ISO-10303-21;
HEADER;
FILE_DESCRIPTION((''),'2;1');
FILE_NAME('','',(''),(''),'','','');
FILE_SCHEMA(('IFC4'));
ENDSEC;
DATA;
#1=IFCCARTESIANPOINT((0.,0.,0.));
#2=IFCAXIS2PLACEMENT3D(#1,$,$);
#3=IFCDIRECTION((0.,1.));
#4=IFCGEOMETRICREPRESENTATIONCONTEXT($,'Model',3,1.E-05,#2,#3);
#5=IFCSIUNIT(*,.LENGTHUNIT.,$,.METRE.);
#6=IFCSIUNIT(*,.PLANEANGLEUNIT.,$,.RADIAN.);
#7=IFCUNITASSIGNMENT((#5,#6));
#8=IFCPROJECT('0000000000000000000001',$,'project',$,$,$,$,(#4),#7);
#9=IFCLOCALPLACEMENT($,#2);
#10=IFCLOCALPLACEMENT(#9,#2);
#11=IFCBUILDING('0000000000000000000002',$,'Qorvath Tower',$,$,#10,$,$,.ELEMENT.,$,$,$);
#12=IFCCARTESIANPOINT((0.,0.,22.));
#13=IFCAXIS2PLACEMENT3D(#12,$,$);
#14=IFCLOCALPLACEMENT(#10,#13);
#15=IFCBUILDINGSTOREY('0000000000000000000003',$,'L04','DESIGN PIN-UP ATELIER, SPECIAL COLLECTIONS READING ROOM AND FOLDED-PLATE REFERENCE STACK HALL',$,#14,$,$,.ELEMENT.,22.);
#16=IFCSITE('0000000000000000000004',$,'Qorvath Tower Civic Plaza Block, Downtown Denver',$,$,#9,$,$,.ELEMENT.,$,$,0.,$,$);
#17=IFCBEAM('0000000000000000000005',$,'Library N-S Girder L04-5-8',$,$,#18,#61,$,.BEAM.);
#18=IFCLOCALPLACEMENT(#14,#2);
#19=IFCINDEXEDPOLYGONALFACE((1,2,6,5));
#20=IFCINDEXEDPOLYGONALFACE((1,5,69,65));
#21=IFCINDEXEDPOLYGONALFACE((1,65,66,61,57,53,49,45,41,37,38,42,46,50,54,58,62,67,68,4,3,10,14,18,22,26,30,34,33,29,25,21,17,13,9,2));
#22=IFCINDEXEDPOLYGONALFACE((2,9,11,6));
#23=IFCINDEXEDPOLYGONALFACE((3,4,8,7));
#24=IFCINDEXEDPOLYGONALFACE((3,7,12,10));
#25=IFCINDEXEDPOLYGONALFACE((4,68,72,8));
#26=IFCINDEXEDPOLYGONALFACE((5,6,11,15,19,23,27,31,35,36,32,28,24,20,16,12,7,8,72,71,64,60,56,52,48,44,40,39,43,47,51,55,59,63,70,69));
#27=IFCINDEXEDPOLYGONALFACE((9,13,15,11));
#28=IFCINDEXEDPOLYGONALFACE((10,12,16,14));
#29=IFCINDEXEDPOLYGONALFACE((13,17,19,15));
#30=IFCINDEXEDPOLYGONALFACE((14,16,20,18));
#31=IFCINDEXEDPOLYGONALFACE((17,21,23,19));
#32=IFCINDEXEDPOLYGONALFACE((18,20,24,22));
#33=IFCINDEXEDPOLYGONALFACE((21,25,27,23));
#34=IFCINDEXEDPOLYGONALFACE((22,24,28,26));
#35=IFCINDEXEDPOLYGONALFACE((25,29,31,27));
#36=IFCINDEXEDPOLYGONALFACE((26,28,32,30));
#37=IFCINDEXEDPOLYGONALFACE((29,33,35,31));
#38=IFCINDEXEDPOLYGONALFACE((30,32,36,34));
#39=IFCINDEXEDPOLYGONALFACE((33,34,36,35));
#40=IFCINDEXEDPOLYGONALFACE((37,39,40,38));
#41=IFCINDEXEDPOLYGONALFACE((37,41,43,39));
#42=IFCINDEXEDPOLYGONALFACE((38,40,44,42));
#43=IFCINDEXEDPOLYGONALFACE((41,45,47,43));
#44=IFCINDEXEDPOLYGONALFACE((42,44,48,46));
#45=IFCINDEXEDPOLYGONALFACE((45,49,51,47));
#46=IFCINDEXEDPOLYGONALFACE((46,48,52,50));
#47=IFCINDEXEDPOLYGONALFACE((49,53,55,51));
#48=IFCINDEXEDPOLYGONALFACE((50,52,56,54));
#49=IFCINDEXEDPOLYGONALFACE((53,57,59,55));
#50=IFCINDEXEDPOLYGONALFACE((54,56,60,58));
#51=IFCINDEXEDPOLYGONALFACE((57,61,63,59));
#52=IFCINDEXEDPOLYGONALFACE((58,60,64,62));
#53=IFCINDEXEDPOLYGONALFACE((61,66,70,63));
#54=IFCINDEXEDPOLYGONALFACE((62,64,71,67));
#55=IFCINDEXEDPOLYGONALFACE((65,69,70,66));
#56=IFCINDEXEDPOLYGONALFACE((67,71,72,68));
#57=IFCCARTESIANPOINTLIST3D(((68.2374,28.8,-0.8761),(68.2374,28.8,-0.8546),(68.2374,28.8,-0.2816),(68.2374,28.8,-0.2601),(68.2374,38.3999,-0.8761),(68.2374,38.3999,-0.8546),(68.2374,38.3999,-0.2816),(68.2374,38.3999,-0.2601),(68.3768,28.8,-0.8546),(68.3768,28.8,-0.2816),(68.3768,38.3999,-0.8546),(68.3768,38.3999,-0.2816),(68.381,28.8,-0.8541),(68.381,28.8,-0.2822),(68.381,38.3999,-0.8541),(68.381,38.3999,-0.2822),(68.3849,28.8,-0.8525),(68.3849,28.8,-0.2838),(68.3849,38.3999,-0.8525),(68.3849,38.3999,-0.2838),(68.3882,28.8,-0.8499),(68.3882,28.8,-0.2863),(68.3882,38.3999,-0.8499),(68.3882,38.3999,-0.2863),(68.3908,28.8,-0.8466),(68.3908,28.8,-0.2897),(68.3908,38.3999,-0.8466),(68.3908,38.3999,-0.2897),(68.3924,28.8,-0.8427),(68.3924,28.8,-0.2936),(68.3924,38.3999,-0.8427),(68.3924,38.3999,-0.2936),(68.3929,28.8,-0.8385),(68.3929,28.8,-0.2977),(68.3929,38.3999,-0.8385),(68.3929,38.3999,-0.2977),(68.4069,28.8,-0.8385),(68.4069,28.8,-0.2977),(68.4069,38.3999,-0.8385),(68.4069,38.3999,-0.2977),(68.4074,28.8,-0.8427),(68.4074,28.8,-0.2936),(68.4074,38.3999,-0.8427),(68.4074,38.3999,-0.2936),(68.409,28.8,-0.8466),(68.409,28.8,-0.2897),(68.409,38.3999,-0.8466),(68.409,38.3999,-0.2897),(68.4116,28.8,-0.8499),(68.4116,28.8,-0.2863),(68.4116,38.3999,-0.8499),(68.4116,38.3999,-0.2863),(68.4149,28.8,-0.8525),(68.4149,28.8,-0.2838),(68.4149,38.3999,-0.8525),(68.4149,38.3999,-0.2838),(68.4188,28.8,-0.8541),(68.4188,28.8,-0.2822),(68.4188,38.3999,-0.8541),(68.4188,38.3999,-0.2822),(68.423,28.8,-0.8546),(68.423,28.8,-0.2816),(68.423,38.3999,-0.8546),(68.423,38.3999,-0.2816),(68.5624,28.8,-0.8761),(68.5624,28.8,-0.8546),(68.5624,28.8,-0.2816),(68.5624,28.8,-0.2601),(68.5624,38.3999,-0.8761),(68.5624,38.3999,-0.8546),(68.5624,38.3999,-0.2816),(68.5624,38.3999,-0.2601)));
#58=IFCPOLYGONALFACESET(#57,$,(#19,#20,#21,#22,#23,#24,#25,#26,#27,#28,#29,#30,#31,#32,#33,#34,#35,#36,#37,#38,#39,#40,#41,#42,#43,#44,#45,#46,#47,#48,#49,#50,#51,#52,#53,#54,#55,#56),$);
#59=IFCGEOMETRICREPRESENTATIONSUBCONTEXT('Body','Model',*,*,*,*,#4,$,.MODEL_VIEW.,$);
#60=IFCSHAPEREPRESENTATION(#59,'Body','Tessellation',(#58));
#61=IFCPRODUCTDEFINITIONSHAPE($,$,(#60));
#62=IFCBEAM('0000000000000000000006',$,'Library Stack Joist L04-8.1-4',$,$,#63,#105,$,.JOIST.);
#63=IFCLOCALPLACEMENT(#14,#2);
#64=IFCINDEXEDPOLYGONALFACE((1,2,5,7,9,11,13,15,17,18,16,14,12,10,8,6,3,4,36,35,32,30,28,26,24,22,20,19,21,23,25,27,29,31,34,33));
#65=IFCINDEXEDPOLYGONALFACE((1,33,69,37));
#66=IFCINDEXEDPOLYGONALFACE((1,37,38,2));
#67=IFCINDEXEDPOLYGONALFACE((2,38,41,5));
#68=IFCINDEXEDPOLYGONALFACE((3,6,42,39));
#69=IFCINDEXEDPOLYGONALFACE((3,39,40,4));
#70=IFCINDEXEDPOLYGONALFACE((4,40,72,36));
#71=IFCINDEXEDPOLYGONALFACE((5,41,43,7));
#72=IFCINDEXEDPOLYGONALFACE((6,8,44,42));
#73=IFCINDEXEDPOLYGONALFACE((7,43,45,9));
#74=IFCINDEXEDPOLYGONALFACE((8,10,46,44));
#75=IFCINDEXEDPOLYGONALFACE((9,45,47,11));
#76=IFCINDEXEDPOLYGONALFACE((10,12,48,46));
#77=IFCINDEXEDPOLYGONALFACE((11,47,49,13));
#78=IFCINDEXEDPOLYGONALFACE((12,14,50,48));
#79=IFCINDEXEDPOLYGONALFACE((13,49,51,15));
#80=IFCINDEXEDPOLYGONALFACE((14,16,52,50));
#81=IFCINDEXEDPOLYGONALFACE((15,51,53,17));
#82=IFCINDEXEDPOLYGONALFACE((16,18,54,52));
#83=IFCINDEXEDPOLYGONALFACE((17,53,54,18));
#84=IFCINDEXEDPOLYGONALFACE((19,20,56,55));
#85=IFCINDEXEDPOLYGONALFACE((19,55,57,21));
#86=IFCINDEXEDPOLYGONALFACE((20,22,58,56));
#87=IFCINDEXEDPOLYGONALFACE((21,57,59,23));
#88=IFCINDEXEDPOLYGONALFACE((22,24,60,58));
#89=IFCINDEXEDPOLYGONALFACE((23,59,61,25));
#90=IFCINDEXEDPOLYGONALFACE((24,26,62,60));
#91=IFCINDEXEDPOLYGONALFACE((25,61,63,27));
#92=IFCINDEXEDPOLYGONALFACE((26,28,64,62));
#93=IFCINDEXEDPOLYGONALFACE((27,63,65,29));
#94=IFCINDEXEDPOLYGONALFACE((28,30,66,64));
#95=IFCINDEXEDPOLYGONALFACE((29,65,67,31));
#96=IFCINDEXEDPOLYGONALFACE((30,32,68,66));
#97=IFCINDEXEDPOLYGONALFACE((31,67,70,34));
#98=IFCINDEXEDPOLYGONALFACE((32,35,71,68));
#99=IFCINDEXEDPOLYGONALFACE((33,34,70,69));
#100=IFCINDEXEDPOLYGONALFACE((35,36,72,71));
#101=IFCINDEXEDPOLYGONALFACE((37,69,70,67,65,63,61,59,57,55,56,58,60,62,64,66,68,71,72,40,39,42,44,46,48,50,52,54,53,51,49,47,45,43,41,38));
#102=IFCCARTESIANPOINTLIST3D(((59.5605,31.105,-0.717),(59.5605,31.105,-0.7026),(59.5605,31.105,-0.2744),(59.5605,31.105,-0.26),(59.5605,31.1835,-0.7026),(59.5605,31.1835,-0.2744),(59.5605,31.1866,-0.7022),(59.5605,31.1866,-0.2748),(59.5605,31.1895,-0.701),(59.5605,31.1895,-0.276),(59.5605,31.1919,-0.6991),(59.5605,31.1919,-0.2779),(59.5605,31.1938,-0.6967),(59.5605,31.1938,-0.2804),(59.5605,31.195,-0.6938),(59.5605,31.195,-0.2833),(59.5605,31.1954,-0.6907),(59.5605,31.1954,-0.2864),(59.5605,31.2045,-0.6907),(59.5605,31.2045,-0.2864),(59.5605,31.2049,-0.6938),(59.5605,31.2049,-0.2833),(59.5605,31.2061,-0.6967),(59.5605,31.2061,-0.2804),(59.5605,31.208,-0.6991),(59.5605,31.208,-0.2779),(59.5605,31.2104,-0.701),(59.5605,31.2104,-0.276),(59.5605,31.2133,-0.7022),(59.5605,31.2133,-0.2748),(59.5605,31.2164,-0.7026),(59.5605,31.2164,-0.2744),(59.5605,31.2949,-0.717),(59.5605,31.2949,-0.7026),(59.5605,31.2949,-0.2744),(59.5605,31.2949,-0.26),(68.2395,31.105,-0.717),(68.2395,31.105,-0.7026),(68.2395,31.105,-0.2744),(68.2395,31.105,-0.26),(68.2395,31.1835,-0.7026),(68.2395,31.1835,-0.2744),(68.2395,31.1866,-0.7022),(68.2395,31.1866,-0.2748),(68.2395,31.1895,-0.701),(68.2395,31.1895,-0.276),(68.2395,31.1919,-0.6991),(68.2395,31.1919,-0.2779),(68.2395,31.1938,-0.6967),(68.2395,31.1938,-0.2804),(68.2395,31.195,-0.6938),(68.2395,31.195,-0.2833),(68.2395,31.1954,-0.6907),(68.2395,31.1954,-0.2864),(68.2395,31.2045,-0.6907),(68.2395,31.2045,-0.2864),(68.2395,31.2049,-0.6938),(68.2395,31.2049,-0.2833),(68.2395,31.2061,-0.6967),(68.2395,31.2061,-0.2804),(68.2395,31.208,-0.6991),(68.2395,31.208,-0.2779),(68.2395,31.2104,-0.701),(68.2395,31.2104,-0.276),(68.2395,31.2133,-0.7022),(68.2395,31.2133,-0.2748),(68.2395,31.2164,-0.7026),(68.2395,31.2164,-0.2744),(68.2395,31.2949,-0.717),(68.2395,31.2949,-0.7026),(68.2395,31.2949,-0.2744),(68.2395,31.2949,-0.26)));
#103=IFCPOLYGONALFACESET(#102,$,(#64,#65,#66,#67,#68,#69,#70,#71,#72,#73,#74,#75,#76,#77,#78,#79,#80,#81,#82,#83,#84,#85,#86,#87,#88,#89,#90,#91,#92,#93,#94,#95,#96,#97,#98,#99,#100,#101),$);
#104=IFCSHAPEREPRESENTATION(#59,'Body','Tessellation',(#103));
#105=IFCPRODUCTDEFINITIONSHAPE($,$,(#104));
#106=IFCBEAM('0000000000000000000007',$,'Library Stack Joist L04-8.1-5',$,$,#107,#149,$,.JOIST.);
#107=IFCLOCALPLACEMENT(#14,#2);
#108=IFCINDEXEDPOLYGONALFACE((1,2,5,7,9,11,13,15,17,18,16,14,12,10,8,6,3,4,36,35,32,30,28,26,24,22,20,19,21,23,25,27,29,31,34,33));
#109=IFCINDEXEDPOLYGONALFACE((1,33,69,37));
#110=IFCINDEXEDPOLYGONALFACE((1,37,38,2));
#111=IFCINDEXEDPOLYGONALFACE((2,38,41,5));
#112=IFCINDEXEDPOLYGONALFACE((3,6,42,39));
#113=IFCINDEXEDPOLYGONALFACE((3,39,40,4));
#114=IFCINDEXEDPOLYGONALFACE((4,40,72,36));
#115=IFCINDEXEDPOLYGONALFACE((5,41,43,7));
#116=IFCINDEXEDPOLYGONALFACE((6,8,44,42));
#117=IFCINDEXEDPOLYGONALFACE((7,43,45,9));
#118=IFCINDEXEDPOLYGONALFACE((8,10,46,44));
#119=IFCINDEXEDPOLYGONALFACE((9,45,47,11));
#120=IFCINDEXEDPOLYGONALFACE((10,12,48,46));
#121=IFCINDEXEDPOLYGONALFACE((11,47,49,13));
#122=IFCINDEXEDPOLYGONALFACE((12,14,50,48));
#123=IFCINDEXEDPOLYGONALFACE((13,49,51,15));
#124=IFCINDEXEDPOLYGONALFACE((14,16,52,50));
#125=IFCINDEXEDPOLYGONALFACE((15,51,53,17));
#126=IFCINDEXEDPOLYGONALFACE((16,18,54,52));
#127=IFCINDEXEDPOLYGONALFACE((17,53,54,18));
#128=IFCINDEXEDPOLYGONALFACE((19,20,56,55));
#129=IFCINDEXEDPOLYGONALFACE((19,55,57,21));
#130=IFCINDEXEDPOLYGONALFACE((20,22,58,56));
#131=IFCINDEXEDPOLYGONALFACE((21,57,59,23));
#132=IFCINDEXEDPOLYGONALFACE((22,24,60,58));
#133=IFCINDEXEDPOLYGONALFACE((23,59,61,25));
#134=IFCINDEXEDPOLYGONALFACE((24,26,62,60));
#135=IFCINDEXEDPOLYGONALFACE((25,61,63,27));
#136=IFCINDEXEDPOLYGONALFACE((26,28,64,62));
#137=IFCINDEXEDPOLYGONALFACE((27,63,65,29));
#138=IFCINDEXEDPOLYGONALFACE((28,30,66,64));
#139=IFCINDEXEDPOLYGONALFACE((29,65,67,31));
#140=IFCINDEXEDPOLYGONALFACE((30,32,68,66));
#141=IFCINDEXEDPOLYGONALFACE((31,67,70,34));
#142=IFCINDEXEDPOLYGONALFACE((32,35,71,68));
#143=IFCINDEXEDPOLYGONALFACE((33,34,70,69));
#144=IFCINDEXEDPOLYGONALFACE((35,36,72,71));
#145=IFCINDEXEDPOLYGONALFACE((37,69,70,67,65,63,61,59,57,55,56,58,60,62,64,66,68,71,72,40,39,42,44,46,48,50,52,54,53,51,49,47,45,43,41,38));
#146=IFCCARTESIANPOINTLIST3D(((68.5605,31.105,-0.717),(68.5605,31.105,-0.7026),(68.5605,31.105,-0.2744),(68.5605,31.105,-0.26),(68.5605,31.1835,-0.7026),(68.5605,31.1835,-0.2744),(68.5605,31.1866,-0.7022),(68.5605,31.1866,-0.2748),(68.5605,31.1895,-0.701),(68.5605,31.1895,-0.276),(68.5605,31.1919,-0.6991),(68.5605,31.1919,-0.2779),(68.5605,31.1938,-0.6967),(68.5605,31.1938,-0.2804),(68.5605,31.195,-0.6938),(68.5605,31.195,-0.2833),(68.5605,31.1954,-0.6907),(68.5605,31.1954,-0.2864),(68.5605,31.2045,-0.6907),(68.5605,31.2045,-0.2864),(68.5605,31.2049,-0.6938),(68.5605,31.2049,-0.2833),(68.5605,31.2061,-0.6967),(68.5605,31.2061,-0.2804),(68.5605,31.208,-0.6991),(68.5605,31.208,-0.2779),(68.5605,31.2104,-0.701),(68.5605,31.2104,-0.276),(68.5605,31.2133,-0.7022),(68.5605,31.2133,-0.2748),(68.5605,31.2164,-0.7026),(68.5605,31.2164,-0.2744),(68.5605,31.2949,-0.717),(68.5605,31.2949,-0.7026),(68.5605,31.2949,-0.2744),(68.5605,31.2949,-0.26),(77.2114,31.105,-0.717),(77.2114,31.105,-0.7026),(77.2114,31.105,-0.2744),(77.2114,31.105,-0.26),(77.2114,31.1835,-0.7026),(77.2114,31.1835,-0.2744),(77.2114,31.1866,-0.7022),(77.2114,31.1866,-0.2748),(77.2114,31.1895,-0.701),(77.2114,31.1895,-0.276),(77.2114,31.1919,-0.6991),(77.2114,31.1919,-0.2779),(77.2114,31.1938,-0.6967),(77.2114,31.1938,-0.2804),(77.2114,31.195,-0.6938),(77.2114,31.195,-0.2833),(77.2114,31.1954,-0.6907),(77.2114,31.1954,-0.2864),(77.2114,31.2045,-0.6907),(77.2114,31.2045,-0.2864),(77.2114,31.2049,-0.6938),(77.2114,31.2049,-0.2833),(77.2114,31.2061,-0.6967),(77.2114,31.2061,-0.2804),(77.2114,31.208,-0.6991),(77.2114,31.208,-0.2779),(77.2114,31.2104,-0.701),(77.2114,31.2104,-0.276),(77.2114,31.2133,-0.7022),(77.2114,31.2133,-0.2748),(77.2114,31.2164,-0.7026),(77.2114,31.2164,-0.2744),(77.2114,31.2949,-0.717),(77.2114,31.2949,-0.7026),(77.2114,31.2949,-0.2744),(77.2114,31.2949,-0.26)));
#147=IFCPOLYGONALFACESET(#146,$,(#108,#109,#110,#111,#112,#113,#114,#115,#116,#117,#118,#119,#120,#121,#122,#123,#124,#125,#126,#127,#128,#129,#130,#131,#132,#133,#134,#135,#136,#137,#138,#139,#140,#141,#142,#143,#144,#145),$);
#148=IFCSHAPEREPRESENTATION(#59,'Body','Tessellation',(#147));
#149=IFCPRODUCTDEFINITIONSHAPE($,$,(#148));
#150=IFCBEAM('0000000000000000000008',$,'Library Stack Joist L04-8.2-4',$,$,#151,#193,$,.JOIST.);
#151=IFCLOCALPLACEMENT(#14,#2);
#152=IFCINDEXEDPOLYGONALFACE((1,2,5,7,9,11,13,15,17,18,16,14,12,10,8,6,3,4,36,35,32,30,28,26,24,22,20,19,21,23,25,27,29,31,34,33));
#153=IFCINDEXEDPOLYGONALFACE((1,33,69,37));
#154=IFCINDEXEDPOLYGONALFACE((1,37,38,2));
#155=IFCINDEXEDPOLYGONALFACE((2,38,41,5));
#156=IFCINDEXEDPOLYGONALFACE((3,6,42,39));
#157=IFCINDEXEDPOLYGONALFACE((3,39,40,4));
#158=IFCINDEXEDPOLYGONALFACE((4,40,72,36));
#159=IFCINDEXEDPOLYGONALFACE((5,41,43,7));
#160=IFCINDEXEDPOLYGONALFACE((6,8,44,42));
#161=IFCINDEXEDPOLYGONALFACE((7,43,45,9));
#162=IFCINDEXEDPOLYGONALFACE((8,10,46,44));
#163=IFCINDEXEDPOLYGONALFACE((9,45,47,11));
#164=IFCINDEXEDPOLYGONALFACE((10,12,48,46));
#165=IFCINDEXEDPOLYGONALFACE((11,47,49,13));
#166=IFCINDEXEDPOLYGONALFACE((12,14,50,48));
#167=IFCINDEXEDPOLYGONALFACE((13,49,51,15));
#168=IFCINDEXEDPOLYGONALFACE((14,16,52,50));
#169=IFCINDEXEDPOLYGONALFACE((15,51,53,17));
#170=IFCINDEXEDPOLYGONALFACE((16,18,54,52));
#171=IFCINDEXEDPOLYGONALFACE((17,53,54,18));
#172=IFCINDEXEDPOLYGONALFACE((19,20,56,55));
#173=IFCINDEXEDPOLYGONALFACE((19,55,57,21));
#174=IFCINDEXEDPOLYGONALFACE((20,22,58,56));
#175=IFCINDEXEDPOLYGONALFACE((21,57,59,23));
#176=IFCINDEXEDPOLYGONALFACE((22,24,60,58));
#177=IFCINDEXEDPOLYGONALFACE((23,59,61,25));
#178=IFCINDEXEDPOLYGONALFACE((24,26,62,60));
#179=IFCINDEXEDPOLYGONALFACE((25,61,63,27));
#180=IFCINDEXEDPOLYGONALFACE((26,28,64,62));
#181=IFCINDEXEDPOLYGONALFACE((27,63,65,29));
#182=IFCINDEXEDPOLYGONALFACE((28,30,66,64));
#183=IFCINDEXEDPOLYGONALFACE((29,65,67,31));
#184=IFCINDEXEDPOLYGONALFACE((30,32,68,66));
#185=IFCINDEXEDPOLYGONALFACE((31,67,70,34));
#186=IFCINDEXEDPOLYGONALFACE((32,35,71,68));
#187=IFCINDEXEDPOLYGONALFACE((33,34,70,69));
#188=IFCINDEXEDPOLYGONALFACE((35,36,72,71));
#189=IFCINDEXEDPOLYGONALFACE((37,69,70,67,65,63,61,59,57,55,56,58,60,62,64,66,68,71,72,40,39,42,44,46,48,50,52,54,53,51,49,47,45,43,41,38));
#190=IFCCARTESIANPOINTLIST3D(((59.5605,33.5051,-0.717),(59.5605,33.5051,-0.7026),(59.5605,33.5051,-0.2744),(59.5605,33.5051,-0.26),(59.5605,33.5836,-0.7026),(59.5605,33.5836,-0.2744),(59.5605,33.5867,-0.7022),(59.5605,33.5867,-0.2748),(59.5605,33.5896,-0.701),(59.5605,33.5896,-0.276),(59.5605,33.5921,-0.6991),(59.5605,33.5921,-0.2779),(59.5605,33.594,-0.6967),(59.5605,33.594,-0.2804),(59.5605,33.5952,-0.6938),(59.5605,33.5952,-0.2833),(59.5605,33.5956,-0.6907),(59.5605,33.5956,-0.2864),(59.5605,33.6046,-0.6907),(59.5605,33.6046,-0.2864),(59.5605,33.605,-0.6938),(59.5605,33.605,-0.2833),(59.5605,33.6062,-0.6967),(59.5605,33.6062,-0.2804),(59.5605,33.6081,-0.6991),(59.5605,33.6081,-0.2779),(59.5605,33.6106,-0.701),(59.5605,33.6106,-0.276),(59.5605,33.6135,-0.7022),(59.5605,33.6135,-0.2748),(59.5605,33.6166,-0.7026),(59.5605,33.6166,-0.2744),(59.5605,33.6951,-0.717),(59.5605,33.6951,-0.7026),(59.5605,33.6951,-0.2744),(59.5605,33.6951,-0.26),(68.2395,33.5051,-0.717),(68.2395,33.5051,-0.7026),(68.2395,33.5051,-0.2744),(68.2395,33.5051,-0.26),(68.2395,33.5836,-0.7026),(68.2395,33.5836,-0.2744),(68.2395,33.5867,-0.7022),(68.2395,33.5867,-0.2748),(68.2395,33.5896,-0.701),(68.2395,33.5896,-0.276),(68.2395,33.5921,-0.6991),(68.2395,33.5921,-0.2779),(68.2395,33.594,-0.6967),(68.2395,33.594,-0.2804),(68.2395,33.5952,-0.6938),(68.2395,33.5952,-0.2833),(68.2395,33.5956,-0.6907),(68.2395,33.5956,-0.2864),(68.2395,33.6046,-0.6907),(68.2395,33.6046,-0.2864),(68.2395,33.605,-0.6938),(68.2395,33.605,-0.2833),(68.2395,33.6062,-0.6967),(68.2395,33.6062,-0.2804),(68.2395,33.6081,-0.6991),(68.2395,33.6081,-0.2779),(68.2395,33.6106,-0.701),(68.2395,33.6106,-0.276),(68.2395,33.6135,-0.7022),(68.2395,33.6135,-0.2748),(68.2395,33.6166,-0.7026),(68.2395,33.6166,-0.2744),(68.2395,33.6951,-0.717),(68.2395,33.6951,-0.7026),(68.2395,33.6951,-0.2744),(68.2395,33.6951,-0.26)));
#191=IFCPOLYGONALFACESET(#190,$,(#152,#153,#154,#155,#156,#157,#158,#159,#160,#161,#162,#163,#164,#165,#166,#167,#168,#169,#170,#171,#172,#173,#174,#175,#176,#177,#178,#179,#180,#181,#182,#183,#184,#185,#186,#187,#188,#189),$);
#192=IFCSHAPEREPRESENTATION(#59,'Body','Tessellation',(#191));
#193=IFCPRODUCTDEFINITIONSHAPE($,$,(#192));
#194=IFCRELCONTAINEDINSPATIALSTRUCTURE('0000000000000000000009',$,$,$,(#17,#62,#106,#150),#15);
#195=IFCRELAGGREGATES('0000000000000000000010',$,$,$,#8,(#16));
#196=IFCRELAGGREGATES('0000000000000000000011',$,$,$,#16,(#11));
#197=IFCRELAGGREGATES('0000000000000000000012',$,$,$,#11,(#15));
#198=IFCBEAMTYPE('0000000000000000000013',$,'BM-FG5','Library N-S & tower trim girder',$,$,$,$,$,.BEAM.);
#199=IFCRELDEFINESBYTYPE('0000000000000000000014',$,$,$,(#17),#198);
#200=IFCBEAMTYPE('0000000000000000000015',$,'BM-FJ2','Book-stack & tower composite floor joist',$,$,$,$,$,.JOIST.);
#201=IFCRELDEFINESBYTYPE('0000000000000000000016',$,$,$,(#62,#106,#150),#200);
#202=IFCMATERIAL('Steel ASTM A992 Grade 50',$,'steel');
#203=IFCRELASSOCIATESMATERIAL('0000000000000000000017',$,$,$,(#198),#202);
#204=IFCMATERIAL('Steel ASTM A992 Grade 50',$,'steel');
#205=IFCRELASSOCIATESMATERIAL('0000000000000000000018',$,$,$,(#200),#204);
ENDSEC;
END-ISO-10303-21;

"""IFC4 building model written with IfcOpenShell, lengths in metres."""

from ifc_helpers import new_model, si_unit, direction, frame, origin, origin_2d, place, context, subcontext, project, spatial, i_section, extrude, material, material_profile, profile_set, type_object, element, save


model = new_model("IFC4")

# Units and contexts
model_context = context("Model", 3, precision=1e-05, world=origin(), true_north=direction((0.0, 1.0)))
body_context = subcontext(model_context, "Body", "Model", "MODEL_VIEW")
ifc_project = project(units=[si_unit("LENGTHUNIT", "METRE"), si_unit("PLANEANGLEUNIT", "RADIAN")], contexts=[model_context])

# Site, building, storey
site_placement = place(None, origin())
site = spatial("IfcSite", under=ifc_project, at=site_placement, Name="Qorvath Tower Civic Plaza Block, Downtown Denver", CompositionType="ELEMENT", RefElevation=0.0)
building_placement = place(site_placement, origin())
building = spatial("IfcBuilding", under=site, at=building_placement, Name="Qorvath Tower", CompositionType="ELEMENT")
storey_placement = place(building_placement, frame((0.0, 0.0, 22.0)))
storey = spatial("IfcBuildingStorey", under=building, at=storey_placement, Name="L04", Description="DESIGN PIN-UP ATELIER, SPECIAL COLLECTIONS READING ROOM AND FOLDED-PLATE REFERENCE STACK HALL", CompositionType="ELEMENT", Elevation=22.0)

# Beams
ifc_material_1 = material(Name="Steel ASTM A992 Grade 50", Category="steel")
ifc_material_profile_1 = material_profile(ifc_material_1, i_section(OverallWidth=0.325, OverallDepth=0.616, WebThickness=0.0139, FlangeThickness=0.0215, FilletRadius=0.0161, at=origin_2d()), Name="W24x117")
ifc_profile_set_1 = profile_set([ifc_material_profile_1], Name="Steel ASTM A992 Grade 50")
beam_type_1 = type_object("IfcBeamType", Name="BM-FG5", Description="Library N-S & tower trim girder", PredefinedType="BEAM", material=ifc_profile_set_1)
for number, where, z_axis, x_axis, name in (
    (1, (68.3999, 28.8, -0.5681), (0.0, 1.0, 0.0), (-1.0, 0.0, 0.0), "Library N-S Girder L04-5-8"),
):
    element("IfcBeam", number, at=place(storey_placement, frame(where, z_axis=z_axis, x_axis=x_axis)), inside=storey, type_object=beam_type_1, Name=name, PredefinedType="BEAM", context=body_context, shape_type="SweptSolid", body=[
        extrude(i_section(OverallWidth=0.325, OverallDepth=0.616, WebThickness=0.0139, FlangeThickness=0.0215, FilletRadius=0.0161, at=origin_2d()), origin(), (0.0, 0.0, 1.0), 9.5999),
    ])
ifc_material_2 = material(Name="Steel ASTM A992 Grade 50", Category="steel")
ifc_material_profile_2 = material_profile(ifc_material_2, i_section(OverallWidth=0.1899, OverallDepth=0.457, WebThickness=0.009, FlangeThickness=0.0144, FilletRadius=0.012, at=origin_2d()), Name="W18x50")
ifc_profile_set_2 = profile_set([ifc_material_profile_2], Name="Steel ASTM A992 Grade 50")
beam_type_2 = type_object("IfcBeamType", Name="BM-FJ2", Description="Book-stack & tower composite floor joist", PredefinedType="JOIST", material=ifc_profile_set_2)
beam_1_placement = place(storey_placement, frame((59.5605, 31.2, -0.4885), z_axis=(1.0, 0.0, 0.0), x_axis=(0.0, 1.0, 0.0)))
element("IfcBeam", 2, at=beam_1_placement, inside=storey, type_object=beam_type_2, Name="Library Stack Joist L04-8.1-4", PredefinedType="JOIST", context=body_context, shape_type="SweptSolid", body=[
    extrude(i_section(OverallWidth=0.1899, OverallDepth=0.457, WebThickness=0.009, FlangeThickness=0.0144, FilletRadius=0.012, at=origin_2d()), origin(), (0.0, 0.0, 1.0), 8.679),
])
beam_2_placement = place(storey_placement, frame((68.5605, 31.2, -0.4885), z_axis=(1.0, 0.0, 0.0), x_axis=(0.0, 1.0, 0.0)))
element("IfcBeam", 3, at=beam_2_placement, inside=storey, type_object=beam_type_2, Name="Library Stack Joist L04-8.1-5", PredefinedType="JOIST", context=body_context, shape_type="SweptSolid", body=[
    extrude(i_section(OverallWidth=0.1899, OverallDepth=0.457, WebThickness=0.009, FlangeThickness=0.0144, FilletRadius=0.012, at=origin_2d()), origin(), (0.0, 0.0, 1.0), 8.6509),
])
beam_3_placement = place(storey_placement, frame((59.5605, 33.6001, -0.4885), z_axis=(1.0, 0.0, 0.0), x_axis=(0.0, 1.0, 0.0)))
element("IfcBeam", 4, at=beam_3_placement, inside=storey, type_object=beam_type_2, Name="Library Stack Joist L04-8.2-4", PredefinedType="JOIST", context=body_context, shape_type="SweptSolid", body=[
    extrude(i_section(OverallWidth=0.1899, OverallDepth=0.457, WebThickness=0.009, FlangeThickness=0.0144, FilletRadius=0.012, at=origin_2d()), origin(), (0.0, 0.0, 1.0), 8.679),
])

save(model, "model.ifc")
